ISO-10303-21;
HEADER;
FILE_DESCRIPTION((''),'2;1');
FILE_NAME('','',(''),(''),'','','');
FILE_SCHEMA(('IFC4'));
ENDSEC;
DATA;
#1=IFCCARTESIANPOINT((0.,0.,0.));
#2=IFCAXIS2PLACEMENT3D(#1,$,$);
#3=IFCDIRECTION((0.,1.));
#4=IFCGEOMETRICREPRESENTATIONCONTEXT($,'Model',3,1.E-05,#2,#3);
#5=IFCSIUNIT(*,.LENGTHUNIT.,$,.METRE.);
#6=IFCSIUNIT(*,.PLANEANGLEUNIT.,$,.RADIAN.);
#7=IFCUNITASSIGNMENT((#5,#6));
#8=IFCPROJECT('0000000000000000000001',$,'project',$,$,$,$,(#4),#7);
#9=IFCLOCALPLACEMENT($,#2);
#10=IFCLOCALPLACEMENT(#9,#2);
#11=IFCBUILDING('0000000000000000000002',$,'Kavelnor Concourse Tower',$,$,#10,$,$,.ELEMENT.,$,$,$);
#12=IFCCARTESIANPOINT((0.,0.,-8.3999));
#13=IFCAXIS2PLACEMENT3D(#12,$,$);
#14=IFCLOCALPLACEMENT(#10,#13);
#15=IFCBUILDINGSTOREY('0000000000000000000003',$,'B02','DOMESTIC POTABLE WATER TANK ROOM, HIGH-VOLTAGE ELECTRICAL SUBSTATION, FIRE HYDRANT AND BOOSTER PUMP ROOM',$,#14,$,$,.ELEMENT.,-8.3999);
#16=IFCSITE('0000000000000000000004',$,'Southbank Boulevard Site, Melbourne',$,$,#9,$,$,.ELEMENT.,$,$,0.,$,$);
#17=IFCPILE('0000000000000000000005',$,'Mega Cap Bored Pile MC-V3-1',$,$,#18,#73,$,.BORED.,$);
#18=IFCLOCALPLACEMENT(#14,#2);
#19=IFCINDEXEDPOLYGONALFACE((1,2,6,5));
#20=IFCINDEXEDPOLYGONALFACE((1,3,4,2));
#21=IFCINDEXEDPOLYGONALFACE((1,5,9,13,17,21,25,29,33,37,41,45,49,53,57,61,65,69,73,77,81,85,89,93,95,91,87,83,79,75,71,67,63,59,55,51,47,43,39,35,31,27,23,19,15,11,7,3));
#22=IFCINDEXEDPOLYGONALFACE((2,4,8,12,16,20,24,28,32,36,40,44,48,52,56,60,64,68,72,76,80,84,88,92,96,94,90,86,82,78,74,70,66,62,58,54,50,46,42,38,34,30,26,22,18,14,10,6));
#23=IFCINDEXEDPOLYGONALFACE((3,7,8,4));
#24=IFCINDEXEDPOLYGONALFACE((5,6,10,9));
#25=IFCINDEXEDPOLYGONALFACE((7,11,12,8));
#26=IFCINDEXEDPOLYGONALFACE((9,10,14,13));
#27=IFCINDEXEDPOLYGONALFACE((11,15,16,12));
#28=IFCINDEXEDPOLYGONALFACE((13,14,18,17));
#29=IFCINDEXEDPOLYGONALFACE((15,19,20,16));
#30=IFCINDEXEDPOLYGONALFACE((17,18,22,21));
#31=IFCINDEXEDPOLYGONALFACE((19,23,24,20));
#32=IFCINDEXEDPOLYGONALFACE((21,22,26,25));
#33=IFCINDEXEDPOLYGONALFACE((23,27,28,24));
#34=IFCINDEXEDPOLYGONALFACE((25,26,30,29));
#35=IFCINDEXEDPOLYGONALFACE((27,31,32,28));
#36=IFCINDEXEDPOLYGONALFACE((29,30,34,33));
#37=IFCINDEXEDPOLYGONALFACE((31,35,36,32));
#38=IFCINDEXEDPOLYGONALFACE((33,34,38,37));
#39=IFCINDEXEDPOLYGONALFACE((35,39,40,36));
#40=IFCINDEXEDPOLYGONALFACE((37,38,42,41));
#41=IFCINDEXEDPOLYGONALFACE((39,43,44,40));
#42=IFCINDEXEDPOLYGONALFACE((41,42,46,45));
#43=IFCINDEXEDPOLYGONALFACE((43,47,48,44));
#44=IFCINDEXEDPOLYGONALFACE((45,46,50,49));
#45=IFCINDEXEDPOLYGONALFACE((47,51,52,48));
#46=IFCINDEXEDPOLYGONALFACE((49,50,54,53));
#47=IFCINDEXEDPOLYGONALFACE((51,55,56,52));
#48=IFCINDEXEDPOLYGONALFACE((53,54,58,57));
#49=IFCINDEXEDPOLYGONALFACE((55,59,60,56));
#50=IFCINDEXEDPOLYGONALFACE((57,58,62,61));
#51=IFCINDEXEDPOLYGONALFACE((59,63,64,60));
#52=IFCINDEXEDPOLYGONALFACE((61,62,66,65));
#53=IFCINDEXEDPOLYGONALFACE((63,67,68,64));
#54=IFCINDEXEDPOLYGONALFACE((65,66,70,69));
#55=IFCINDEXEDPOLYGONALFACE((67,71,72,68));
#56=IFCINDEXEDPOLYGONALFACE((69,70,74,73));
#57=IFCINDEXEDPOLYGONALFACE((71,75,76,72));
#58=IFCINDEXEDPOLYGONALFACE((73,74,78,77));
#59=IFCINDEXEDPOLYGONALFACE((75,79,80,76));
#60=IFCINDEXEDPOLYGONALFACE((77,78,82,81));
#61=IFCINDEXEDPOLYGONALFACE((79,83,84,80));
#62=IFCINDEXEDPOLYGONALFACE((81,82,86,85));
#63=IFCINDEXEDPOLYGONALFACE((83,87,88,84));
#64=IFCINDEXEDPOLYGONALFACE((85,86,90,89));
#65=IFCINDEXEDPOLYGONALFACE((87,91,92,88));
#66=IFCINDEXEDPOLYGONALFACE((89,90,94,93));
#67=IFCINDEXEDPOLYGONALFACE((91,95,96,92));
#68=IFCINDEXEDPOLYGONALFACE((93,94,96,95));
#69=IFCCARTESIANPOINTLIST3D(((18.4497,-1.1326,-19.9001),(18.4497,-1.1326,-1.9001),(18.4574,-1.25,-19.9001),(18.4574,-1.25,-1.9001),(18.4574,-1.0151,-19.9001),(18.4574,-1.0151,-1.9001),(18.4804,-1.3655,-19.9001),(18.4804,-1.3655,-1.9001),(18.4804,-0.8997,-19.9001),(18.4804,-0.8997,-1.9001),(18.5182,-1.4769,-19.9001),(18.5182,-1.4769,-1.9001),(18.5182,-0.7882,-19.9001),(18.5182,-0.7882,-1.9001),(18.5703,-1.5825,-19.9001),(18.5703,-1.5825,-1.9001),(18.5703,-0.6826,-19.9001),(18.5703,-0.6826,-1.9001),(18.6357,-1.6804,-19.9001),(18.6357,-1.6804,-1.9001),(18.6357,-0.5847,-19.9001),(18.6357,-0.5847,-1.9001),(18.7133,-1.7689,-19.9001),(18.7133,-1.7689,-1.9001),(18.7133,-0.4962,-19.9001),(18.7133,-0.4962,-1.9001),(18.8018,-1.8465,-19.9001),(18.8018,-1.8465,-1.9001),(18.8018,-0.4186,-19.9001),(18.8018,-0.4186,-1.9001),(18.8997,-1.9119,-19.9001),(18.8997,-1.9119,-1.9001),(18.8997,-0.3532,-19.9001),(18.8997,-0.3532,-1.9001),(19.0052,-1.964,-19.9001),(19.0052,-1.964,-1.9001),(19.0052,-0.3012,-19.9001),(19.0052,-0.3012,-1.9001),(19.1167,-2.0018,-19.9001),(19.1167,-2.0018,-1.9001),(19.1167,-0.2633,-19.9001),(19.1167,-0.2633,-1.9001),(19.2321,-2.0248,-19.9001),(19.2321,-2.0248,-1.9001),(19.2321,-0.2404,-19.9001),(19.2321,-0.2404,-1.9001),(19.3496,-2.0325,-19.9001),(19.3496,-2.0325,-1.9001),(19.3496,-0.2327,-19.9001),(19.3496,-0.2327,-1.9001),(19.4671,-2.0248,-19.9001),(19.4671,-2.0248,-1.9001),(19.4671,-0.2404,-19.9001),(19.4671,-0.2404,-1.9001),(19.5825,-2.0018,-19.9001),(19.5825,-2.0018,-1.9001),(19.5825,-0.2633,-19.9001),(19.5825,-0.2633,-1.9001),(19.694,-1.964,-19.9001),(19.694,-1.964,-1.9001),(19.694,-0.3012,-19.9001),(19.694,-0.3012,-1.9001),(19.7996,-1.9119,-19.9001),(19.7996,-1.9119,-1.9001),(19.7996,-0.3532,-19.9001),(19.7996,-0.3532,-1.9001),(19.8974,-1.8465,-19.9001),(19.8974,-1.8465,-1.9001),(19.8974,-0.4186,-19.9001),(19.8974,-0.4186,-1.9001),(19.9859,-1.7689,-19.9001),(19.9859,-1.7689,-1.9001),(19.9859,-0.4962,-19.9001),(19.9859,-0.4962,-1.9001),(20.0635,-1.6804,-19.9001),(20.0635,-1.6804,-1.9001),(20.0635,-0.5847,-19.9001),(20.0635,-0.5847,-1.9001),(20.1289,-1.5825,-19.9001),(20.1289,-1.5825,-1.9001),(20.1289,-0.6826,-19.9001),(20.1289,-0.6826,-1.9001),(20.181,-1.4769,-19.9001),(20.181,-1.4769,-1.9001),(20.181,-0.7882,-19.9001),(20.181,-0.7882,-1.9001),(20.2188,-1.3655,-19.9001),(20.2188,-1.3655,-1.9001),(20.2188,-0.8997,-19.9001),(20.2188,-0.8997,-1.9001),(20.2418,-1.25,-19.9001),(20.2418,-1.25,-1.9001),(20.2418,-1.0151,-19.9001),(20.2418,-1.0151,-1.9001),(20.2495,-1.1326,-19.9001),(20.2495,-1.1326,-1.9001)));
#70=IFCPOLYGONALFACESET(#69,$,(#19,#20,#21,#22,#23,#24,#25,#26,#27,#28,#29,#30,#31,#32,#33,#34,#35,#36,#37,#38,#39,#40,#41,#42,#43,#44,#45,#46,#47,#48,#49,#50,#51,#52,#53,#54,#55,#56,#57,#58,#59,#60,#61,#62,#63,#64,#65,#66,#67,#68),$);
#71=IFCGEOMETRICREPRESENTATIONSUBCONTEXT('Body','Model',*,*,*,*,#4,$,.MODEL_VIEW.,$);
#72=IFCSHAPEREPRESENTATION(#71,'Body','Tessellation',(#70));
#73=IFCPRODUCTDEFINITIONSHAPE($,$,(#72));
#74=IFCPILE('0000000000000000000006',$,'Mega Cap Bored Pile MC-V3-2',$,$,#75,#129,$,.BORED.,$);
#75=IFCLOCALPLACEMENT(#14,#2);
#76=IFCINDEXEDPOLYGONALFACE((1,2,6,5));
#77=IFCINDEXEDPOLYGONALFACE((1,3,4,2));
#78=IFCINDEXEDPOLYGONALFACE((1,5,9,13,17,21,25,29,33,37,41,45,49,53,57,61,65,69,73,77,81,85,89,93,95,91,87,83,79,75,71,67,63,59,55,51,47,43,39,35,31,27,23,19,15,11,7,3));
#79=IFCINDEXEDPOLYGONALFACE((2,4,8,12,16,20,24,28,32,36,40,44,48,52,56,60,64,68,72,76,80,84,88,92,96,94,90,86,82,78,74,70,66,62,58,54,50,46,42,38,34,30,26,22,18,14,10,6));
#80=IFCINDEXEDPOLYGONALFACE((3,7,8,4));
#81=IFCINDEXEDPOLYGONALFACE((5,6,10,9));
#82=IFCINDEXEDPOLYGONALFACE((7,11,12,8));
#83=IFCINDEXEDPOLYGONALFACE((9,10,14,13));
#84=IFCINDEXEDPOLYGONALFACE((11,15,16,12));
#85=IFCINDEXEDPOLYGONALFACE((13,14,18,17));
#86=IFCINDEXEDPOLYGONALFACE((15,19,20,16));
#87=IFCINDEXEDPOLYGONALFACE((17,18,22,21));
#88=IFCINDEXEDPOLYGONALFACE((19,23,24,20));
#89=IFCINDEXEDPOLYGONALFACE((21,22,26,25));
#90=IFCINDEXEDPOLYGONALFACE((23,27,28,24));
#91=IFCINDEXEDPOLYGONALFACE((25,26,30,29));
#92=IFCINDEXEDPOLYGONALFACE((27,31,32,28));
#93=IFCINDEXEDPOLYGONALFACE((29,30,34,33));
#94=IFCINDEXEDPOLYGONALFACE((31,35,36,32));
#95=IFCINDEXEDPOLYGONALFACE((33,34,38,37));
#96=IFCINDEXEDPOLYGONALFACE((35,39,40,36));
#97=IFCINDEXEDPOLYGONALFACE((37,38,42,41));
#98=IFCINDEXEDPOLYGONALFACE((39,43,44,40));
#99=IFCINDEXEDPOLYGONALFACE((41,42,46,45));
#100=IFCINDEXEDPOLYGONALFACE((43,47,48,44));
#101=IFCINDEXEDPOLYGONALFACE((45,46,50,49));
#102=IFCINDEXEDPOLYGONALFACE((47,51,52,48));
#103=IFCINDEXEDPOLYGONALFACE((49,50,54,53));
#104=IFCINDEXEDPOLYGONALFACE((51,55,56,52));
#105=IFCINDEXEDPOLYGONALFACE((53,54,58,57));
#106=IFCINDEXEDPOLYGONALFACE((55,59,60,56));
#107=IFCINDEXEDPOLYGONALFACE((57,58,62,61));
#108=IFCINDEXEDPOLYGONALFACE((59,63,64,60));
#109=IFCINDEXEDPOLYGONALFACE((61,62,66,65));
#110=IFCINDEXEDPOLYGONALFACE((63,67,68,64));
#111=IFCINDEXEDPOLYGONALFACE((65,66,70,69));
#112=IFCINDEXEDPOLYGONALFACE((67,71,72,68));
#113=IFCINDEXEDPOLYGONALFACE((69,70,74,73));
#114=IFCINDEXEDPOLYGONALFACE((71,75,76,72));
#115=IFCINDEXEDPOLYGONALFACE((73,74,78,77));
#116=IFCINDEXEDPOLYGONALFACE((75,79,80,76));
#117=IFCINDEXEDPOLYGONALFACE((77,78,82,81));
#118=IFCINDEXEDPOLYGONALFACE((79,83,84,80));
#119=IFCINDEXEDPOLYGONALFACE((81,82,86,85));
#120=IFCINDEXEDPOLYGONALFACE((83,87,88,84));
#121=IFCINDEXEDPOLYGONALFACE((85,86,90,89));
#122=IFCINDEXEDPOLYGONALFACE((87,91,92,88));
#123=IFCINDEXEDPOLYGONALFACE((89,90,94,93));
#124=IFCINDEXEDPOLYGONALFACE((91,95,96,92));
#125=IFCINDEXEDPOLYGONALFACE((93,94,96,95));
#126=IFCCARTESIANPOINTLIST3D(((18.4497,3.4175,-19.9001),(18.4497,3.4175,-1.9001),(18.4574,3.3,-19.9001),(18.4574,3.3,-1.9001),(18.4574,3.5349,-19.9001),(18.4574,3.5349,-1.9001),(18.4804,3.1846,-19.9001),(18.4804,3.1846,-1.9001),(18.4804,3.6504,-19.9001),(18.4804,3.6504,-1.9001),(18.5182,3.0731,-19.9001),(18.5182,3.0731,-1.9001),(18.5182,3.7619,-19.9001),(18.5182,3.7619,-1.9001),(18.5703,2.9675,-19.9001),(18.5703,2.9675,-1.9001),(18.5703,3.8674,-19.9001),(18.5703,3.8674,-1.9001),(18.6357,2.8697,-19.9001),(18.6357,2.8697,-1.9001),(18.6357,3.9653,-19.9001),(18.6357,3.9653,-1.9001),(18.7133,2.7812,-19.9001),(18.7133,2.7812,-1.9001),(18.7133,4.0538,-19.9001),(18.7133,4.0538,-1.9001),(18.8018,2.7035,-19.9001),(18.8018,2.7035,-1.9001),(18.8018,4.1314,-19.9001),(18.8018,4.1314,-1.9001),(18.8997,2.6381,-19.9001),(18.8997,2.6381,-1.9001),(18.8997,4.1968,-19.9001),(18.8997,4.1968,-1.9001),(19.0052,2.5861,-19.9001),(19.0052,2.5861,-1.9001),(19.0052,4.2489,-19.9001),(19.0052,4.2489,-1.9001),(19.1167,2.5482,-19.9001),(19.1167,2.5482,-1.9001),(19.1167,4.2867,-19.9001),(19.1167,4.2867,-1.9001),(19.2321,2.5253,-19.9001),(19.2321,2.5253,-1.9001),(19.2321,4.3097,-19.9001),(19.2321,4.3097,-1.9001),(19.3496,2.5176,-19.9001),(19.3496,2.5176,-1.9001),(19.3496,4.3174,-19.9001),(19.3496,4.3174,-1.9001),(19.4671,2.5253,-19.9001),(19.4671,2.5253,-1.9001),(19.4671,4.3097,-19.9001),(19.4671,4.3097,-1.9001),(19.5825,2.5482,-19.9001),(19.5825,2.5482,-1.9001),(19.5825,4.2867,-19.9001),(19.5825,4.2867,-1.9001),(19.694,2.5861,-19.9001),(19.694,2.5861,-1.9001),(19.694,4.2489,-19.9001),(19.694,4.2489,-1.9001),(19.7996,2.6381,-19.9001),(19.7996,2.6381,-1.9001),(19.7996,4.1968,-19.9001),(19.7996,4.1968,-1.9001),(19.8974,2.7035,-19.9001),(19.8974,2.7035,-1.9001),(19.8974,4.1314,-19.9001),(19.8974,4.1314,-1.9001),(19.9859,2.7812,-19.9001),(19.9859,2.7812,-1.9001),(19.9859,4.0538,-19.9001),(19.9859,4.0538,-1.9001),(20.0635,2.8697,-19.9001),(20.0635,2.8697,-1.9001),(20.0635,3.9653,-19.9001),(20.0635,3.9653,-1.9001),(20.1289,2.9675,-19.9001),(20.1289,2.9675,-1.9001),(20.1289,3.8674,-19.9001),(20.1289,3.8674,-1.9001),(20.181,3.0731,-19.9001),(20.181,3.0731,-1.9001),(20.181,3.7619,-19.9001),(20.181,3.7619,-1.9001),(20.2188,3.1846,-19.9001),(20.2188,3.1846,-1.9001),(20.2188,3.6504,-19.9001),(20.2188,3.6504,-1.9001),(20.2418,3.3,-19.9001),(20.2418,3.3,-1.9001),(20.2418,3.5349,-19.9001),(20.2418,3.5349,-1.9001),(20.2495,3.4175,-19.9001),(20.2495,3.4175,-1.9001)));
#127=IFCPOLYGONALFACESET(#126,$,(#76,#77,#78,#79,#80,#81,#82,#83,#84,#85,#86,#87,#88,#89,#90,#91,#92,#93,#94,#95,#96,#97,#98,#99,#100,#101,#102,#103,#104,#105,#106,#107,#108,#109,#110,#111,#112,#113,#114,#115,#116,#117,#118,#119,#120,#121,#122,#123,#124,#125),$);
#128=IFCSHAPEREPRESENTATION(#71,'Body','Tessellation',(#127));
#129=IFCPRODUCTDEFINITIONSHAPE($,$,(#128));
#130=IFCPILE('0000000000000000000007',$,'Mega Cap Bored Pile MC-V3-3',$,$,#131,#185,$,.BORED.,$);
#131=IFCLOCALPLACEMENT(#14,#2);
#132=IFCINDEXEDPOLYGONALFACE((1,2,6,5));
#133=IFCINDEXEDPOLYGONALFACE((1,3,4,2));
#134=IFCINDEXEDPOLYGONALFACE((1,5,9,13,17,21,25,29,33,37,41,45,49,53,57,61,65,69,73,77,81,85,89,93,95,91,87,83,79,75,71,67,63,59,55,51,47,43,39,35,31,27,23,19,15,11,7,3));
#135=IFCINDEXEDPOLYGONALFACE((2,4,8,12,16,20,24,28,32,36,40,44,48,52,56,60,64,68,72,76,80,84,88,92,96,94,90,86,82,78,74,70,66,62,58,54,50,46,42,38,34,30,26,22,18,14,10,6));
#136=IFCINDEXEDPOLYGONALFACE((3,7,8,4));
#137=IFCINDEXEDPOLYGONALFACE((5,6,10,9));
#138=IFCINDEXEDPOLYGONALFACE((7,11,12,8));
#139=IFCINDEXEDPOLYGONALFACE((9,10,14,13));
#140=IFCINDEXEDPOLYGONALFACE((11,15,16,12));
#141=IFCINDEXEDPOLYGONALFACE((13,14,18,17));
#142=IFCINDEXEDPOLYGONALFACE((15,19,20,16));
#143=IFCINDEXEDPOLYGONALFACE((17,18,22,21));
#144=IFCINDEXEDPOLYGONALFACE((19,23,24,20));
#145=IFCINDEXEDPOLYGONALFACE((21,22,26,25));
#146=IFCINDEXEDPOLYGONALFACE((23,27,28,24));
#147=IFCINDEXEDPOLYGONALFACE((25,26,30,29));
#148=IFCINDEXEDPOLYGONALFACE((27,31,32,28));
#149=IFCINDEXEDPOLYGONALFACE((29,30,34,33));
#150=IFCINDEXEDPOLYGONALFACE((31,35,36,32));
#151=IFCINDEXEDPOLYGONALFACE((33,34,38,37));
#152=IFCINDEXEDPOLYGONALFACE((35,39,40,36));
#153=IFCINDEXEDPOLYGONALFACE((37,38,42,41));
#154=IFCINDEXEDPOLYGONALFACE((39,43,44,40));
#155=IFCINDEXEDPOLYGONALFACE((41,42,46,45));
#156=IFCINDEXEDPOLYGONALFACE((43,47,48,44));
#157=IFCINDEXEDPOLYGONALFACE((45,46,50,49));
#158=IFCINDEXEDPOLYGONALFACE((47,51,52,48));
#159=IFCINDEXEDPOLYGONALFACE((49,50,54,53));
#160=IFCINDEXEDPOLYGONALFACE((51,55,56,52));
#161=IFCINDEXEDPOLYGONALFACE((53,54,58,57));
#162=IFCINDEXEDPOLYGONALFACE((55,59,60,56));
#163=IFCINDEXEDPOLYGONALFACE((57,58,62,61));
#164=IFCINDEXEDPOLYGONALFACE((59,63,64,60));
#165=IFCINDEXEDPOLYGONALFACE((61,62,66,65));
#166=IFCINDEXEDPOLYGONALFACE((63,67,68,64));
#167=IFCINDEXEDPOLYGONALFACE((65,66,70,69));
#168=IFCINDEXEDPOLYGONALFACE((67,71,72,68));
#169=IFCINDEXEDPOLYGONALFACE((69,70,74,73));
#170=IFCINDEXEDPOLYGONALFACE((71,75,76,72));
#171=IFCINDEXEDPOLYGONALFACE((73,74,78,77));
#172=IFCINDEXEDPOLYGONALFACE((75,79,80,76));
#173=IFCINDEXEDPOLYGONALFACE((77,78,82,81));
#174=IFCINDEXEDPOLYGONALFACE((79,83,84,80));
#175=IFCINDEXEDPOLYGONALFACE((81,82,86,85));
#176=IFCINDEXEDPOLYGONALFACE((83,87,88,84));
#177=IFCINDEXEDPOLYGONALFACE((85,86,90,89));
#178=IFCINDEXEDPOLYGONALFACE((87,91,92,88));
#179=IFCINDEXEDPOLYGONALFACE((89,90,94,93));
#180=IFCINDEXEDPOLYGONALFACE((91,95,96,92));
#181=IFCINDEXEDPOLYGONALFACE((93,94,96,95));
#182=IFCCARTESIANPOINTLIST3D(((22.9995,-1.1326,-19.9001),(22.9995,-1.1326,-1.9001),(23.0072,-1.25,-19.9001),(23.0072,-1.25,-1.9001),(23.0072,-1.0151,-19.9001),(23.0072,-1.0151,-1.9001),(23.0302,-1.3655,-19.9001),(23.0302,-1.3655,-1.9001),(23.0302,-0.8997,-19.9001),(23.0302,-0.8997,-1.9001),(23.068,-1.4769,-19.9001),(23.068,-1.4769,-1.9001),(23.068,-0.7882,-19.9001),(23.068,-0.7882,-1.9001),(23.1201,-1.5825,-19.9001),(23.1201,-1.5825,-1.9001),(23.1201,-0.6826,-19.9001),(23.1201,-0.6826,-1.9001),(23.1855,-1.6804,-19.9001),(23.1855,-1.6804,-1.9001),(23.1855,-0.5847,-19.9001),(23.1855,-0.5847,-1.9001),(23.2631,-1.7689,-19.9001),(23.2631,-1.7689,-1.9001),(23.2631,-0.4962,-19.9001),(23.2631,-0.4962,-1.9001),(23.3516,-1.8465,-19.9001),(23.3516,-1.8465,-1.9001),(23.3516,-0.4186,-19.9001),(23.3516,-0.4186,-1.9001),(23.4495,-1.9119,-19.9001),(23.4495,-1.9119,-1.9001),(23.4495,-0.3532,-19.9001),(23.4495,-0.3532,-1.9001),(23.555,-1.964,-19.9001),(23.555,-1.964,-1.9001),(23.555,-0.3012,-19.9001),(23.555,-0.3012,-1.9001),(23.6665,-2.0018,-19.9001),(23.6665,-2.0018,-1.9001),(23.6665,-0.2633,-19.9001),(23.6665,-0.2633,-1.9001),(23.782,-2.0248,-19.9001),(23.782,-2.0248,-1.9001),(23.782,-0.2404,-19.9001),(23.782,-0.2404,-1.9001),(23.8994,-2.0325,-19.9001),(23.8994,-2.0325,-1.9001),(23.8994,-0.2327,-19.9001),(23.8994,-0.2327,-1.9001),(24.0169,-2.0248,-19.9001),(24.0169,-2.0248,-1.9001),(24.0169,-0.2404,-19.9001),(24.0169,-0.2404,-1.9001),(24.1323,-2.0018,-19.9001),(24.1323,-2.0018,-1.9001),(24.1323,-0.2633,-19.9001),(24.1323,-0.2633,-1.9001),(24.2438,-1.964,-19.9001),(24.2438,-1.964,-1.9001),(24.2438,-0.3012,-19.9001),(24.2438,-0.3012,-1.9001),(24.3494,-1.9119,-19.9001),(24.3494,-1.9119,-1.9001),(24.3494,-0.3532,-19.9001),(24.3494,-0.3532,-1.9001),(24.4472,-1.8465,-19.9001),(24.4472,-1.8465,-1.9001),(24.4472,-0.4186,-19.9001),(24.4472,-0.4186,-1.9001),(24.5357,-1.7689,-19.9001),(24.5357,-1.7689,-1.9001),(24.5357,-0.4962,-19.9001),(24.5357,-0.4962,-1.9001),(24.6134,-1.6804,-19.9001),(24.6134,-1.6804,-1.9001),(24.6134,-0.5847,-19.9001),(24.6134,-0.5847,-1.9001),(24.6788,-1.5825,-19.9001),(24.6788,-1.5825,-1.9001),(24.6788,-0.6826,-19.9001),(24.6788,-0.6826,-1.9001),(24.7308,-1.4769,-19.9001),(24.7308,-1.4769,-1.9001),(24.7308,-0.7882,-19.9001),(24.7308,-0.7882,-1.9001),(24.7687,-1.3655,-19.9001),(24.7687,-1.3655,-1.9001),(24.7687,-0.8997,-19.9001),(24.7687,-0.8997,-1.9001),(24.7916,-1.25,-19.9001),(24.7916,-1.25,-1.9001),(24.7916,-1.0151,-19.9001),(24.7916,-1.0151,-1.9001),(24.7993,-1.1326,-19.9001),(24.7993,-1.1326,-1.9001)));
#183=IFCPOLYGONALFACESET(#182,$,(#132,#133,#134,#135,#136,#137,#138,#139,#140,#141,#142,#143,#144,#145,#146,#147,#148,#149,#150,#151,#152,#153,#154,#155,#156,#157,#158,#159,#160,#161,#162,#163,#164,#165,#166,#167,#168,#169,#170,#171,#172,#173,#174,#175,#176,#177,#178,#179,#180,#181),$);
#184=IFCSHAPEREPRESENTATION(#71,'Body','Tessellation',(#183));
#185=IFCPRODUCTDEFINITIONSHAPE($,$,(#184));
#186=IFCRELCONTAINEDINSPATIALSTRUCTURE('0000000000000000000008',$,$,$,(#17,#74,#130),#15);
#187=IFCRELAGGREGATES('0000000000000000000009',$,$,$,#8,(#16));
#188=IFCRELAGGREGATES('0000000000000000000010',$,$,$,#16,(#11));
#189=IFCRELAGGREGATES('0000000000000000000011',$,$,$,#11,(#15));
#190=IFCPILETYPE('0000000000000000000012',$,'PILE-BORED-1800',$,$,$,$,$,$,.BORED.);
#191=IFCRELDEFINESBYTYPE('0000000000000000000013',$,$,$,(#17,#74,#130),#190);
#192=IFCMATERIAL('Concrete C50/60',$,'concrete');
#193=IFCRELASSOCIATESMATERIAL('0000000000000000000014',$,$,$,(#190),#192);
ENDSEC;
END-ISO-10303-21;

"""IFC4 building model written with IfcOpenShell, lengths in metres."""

from ifc_helpers import new_model, si_unit, direction, frame, origin, origin_2d, place, context, subcontext, project, spatial, circle, extrude, material, material_profile, profile_set, type_object, element, save


model = new_model("IFC4")

# Units and contexts
model_context = context("Model", 3, precision=1e-05, world=origin(), true_north=direction((0.0, 1.0)))
body_context = subcontext(model_context, "Body", "Model", "MODEL_VIEW")
ifc_project = project(units=[si_unit("LENGTHUNIT", "METRE"), si_unit("PLANEANGLEUNIT", "RADIAN")], contexts=[model_context])

# Site, building, storey
site_placement = place(None, origin())
site = spatial("IfcSite", under=ifc_project, at=site_placement, Name="Southbank Boulevard Site, Melbourne", CompositionType="ELEMENT", RefElevation=0.0)
building_placement = place(site_placement, origin())
building = spatial("IfcBuilding", under=site, at=building_placement, Name="Kavelnor Concourse Tower", CompositionType="ELEMENT")
storey_placement = place(building_placement, frame((0.0, 0.0, -8.3999)))
storey = spatial("IfcBuildingStorey", under=building, at=storey_placement, Name="B02", Description="DOMESTIC POTABLE WATER TANK ROOM, HIGH-VOLTAGE ELECTRICAL SUBSTATION, FIRE HYDRANT AND BOOSTER PUMP ROOM", CompositionType="ELEMENT", Elevation=-8.3999)

# Shared definitions
ifc_material_1 = material(Name="Concrete C50/60", Category="concrete")

# Piles
ifc_material_profile_1 = material_profile(ifc_material_1, circle(Radius=0.8999, at=origin_2d()), Name="PILE-D1800")
ifc_profile_set_1 = profile_set([ifc_material_profile_1], Name="Concrete C50/60")
pile_type_1 = type_object("IfcPileType", Name="PILE-BORED-1800", PredefinedType="BORED", material=ifc_profile_set_1)
for number, where, z_axis, x_axis, name in (
    (1, (19.3496, -1.1326, -1.9001), (0.0, 0.0, -1.0), (1.0, 0.0, 0.0), "Mega Cap Bored Pile MC-V3-1"),
    (2, (19.3496, 3.4175, -1.9001), (0.0, 0.0, -1.0), (1.0, 0.0, 0.0), "Mega Cap Bored Pile MC-V3-2"),
    (3, (23.8994, -1.1326, -1.9001), (0.0, 0.0, -1.0), (1.0, 0.0, 0.0), "Mega Cap Bored Pile MC-V3-3"),
):
    element("IfcPile", number, at=place(storey_placement, frame(where, z_axis=z_axis, x_axis=x_axis)), inside=storey, type_object=pile_type_1, Name=name, PredefinedType="BORED", context=body_context, shape_type="SweptSolid", body=[
        extrude(circle(Radius=0.8999, at=origin_2d()), origin(), (0.0, 0.0, 1.0), 18.0),
    ])

save(model, "model.ifc")
